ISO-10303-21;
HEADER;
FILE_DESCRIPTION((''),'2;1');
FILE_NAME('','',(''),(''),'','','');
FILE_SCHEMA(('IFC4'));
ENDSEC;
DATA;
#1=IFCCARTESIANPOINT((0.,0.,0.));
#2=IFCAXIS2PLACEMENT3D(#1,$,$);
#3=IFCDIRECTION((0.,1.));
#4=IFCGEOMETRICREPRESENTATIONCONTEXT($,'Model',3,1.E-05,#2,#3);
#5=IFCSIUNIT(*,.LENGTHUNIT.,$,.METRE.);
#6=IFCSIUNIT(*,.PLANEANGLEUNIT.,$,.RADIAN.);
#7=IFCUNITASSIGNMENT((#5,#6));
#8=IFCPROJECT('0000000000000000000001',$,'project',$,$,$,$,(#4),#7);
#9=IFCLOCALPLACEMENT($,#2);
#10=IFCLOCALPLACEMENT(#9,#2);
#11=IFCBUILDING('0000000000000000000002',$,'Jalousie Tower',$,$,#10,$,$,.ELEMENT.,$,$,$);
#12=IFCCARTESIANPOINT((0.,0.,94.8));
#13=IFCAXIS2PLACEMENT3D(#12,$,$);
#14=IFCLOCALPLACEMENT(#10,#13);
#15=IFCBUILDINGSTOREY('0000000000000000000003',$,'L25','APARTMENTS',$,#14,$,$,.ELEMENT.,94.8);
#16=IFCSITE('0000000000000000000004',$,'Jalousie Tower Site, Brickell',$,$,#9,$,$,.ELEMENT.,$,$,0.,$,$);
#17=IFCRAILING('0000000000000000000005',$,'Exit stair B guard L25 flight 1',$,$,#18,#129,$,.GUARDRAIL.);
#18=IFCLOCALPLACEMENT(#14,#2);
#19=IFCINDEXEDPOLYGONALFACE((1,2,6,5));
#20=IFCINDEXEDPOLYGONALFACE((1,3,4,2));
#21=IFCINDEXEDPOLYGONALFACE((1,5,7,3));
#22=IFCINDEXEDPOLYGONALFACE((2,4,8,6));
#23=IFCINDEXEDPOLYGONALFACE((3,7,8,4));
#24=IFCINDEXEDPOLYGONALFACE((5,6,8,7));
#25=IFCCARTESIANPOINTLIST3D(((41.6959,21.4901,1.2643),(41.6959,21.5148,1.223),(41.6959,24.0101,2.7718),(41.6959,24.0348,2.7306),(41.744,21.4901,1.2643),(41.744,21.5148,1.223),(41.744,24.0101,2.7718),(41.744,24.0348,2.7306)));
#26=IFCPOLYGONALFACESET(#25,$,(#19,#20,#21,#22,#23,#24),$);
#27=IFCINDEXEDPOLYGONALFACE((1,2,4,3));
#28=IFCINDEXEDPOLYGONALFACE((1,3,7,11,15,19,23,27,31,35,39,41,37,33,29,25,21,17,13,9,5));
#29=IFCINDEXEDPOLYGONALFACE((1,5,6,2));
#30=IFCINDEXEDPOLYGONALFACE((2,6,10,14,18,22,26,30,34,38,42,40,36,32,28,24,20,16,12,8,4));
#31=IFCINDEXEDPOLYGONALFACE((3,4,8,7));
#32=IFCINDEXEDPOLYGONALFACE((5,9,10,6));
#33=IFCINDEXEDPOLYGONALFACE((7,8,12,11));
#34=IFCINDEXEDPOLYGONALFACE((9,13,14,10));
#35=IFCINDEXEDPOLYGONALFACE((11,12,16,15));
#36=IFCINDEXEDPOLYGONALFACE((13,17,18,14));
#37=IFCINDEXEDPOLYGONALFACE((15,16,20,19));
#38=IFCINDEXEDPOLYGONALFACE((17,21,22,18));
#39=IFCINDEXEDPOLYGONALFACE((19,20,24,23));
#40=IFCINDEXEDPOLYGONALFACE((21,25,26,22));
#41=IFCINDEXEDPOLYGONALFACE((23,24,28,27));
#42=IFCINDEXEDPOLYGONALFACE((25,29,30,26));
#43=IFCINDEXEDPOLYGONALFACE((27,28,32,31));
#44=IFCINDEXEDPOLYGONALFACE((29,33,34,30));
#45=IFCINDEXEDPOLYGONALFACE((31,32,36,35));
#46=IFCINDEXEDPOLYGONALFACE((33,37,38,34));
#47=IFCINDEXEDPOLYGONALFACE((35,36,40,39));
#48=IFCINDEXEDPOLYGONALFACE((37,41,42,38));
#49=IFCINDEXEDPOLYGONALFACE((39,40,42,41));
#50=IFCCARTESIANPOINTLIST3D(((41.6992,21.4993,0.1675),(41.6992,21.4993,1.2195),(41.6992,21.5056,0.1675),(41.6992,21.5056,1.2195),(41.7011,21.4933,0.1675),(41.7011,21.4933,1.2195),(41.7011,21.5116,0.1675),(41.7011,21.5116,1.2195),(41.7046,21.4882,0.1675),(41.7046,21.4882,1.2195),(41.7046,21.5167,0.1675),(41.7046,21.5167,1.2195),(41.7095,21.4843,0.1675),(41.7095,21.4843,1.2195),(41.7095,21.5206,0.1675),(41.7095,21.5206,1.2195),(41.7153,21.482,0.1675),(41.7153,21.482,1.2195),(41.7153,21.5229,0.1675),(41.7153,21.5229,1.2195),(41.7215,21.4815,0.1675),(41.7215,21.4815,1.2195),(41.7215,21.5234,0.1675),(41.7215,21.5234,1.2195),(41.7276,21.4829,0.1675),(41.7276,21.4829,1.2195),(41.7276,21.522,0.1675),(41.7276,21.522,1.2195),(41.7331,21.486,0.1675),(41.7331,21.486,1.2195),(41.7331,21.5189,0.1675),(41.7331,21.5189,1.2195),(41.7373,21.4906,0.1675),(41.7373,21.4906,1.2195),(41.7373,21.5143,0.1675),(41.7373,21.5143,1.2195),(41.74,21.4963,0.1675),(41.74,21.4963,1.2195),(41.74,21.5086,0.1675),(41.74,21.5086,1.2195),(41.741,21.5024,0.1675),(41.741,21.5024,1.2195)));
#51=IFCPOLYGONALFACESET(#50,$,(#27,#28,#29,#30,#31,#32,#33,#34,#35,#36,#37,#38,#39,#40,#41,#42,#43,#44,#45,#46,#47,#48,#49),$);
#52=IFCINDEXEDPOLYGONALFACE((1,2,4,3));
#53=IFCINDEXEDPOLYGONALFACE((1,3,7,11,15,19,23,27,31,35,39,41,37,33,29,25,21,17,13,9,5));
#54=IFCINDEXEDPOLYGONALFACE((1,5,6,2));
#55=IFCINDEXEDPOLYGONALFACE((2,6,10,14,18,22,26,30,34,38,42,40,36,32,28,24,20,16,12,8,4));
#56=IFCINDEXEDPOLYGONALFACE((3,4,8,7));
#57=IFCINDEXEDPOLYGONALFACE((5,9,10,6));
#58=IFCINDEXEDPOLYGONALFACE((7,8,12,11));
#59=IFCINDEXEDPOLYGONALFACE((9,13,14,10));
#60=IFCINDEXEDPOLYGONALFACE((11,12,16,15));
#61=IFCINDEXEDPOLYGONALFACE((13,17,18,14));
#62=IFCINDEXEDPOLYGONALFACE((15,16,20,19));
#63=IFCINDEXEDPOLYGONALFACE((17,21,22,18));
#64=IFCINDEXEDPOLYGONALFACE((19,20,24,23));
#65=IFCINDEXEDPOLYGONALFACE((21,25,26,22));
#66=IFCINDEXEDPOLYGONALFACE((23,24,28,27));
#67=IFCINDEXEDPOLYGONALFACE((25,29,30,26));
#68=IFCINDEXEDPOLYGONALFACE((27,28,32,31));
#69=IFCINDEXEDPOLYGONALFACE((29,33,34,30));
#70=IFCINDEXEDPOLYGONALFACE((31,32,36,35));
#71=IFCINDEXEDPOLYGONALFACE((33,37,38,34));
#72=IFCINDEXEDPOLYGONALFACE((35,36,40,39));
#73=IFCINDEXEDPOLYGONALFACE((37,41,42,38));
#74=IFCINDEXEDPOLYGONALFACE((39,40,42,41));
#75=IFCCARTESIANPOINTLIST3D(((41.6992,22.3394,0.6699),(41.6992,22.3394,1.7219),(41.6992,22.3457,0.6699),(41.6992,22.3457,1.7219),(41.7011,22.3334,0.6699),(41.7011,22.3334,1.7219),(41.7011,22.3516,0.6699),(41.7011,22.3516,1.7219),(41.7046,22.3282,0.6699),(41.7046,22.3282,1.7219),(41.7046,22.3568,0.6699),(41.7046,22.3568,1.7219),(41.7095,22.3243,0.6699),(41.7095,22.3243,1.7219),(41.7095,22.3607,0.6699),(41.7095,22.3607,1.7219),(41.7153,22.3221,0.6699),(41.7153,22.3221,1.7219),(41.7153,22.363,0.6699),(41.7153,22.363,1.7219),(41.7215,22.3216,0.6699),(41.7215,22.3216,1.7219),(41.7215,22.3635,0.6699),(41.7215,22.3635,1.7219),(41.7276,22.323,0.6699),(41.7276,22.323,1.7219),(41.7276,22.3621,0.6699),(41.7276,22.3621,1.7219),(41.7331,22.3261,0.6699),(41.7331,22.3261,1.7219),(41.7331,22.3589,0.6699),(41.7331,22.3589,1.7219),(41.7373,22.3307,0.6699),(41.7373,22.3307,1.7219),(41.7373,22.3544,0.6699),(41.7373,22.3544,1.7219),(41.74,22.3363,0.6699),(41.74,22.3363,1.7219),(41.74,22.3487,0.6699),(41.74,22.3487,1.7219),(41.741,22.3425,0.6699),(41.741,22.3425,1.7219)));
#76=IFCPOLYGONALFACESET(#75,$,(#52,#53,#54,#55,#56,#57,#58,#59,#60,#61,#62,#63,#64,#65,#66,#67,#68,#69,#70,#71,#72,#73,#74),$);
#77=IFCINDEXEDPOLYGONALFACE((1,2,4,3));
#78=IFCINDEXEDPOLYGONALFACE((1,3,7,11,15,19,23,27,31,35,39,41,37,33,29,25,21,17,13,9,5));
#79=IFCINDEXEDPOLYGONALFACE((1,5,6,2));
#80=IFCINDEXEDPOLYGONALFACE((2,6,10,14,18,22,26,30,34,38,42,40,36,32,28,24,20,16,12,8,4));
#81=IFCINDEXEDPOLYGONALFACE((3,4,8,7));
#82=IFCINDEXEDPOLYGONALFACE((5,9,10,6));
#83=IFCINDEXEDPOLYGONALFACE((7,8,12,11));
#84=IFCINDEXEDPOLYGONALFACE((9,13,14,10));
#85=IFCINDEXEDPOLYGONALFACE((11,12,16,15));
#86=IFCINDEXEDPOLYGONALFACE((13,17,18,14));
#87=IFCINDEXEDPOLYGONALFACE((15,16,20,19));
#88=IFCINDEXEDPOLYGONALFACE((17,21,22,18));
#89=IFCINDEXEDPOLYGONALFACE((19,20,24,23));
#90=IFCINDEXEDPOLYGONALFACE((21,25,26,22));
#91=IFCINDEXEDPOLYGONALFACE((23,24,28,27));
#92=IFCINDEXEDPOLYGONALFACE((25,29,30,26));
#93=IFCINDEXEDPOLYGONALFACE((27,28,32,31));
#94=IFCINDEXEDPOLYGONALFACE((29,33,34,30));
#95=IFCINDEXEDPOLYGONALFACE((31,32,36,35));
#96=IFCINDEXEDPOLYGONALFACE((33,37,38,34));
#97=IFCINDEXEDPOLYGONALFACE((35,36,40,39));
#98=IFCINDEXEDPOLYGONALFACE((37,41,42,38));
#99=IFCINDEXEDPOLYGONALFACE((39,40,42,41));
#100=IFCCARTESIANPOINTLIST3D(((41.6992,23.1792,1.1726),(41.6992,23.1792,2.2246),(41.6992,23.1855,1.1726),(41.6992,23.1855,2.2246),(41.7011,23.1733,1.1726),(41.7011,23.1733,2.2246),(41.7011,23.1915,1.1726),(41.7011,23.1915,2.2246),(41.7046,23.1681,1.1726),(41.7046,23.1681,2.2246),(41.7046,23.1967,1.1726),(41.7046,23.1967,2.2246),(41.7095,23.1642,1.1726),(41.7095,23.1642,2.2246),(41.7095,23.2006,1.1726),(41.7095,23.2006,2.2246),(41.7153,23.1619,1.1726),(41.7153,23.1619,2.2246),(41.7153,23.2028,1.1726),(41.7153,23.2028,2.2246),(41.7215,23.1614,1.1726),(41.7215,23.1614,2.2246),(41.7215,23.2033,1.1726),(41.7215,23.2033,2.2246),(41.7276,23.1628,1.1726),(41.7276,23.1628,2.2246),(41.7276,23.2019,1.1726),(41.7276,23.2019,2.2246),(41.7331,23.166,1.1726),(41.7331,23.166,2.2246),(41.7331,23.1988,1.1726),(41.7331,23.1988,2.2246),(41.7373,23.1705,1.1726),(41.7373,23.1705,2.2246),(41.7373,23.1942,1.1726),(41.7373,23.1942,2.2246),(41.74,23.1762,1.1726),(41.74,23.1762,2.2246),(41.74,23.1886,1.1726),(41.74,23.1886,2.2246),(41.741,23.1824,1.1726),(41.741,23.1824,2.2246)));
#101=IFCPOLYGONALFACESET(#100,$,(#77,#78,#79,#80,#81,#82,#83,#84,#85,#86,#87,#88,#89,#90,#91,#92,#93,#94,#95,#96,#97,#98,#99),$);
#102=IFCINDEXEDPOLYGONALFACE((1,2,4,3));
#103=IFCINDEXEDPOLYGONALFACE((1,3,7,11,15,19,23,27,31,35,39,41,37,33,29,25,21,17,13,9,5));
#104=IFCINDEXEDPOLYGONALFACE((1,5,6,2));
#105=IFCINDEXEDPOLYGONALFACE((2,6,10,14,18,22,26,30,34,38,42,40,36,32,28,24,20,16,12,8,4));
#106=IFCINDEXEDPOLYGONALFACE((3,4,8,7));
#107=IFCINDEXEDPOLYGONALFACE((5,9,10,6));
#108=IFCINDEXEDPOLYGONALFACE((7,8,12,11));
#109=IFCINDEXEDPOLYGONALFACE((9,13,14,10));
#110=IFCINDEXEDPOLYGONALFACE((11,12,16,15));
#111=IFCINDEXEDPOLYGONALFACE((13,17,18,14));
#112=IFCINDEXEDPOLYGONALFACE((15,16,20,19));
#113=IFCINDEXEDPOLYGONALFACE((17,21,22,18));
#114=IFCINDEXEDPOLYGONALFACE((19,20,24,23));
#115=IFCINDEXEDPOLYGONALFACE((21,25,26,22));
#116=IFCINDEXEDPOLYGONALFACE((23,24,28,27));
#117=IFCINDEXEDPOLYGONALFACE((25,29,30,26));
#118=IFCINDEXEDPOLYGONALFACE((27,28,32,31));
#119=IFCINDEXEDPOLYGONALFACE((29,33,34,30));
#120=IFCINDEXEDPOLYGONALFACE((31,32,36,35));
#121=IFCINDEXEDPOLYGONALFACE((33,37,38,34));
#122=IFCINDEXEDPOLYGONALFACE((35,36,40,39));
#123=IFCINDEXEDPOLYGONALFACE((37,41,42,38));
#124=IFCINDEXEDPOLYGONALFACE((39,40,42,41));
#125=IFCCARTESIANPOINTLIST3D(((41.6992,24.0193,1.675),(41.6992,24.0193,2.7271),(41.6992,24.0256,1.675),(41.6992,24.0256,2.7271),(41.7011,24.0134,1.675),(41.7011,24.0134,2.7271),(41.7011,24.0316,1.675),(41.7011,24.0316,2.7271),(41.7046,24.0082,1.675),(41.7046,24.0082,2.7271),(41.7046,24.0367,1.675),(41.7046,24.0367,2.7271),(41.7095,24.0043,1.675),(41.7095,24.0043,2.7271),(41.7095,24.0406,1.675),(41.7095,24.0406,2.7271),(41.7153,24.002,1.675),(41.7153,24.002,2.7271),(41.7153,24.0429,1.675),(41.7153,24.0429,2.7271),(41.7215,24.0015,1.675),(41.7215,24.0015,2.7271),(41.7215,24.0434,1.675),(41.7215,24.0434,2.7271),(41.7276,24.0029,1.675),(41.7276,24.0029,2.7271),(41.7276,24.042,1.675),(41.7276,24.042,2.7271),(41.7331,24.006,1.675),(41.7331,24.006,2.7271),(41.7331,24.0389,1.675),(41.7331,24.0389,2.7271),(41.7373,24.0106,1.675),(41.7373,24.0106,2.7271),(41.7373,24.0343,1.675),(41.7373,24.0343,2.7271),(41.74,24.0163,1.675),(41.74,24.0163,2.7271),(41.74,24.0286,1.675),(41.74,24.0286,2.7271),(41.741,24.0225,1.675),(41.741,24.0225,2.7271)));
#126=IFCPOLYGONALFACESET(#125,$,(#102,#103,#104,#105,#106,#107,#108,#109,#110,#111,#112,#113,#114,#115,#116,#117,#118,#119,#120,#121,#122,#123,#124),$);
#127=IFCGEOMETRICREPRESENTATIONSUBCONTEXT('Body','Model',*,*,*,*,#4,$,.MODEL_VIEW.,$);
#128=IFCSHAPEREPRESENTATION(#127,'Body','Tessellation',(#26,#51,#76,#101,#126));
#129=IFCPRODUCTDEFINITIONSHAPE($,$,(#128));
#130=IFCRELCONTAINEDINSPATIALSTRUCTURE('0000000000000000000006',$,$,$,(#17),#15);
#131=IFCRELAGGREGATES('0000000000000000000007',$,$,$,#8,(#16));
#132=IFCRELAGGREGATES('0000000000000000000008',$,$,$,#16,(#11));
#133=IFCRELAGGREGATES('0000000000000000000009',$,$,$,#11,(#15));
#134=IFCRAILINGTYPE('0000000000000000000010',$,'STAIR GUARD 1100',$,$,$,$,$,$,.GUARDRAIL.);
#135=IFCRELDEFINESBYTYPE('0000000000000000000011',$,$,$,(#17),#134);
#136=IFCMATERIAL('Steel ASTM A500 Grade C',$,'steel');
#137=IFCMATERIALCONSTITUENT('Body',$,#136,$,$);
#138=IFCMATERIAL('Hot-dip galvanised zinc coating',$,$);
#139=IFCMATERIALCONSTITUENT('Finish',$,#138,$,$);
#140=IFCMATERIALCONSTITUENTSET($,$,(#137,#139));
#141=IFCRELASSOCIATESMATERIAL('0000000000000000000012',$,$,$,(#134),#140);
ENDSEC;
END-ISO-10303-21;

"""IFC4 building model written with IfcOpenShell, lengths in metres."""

from ifc_helpers import new_model, si_unit, direction, frame, origin, origin_2d, place, context, subcontext, project, spatial, rectangle, circle, extrude, material, constituent, constituent_set, type_object, element, save


model = new_model("IFC4")

# Units and contexts
model_context = context("Model", 3, precision=1e-05, world=origin(), true_north=direction((0.0, 1.0)))
body_context = subcontext(model_context, "Body", "Model", "MODEL_VIEW")
ifc_project = project(units=[si_unit("LENGTHUNIT", "METRE"), si_unit("PLANEANGLEUNIT", "RADIAN")], contexts=[model_context])

# Site, building, storey
site_placement = place(None, origin())
site = spatial("IfcSite", under=ifc_project, at=site_placement, Name="Jalousie Tower Site, Brickell", CompositionType="ELEMENT", RefElevation=0.0)
building_placement = place(site_placement, origin())
building = spatial("IfcBuilding", under=site, at=building_placement, Name="Jalousie Tower", CompositionType="ELEMENT")
storey_placement = place(building_placement, frame((0.0, 0.0, 94.8)))
storey = spatial("IfcBuildingStorey", under=building, at=storey_placement, Name="L25", Description="APARTMENTS", CompositionType="ELEMENT", Elevation=94.8)

# Railing
ifc_material_1 = material(Name="Steel ASTM A500 Grade C", Category="steel")
ifc_constituent_1 = constituent(ifc_material_1, Name="Body")
ifc_material_2 = material(Name="Hot-dip galvanised zinc coating")
ifc_constituent_2 = constituent(ifc_material_2, Name="Finish")
ifc_constituent_set_1 = constituent_set(constituents=[ifc_constituent_1, ifc_constituent_2])
railing_type_1 = type_object("IfcRailingType", Name="STAIR GUARD 1100", PredefinedType="GUARDRAIL", material=ifc_constituent_set_1)
railing_1_placement = place(storey_placement, frame((41.72, 21.5024, 0.1675)))
element("IfcRailing", 1, at=railing_1_placement, inside=storey, type_object=railing_type_1, Name="Exit stair B guard L25 flight 1", PredefinedType="GUARDRAIL", context=body_context, shape_type="SweptSolid", body=[
    extrude(rectangle(XDim=0.0481, YDim=0.0481, at=origin_2d()), frame((0.0, 0.0, 1.0762), z_axis=(0.0, 0.85816, 0.513383), x_axis=(-1.0, 0.0, 0.0)), (0.0, 0.0, 1.0), 2.9365),
    extrude(circle(Radius=0.021, at=origin_2d()), origin(), (0.0, 0.0, 1.0), 1.052),
    extrude(circle(Radius=0.021, at=origin_2d()), frame((0.0, 0.8401, 0.5024)), (0.0, 0.0, 1.0), 1.052),
    extrude(circle(Radius=0.021, at=origin_2d()), frame((0.0, 1.6799, 1.0051)), (0.0, 0.0, 1.0), 1.052),
    extrude(circle(Radius=0.021, at=origin_2d()), frame((0.0, 2.52, 1.5076)), (0.0, 0.0, 1.0), 1.052),
])

save(model, "model.ifc")
